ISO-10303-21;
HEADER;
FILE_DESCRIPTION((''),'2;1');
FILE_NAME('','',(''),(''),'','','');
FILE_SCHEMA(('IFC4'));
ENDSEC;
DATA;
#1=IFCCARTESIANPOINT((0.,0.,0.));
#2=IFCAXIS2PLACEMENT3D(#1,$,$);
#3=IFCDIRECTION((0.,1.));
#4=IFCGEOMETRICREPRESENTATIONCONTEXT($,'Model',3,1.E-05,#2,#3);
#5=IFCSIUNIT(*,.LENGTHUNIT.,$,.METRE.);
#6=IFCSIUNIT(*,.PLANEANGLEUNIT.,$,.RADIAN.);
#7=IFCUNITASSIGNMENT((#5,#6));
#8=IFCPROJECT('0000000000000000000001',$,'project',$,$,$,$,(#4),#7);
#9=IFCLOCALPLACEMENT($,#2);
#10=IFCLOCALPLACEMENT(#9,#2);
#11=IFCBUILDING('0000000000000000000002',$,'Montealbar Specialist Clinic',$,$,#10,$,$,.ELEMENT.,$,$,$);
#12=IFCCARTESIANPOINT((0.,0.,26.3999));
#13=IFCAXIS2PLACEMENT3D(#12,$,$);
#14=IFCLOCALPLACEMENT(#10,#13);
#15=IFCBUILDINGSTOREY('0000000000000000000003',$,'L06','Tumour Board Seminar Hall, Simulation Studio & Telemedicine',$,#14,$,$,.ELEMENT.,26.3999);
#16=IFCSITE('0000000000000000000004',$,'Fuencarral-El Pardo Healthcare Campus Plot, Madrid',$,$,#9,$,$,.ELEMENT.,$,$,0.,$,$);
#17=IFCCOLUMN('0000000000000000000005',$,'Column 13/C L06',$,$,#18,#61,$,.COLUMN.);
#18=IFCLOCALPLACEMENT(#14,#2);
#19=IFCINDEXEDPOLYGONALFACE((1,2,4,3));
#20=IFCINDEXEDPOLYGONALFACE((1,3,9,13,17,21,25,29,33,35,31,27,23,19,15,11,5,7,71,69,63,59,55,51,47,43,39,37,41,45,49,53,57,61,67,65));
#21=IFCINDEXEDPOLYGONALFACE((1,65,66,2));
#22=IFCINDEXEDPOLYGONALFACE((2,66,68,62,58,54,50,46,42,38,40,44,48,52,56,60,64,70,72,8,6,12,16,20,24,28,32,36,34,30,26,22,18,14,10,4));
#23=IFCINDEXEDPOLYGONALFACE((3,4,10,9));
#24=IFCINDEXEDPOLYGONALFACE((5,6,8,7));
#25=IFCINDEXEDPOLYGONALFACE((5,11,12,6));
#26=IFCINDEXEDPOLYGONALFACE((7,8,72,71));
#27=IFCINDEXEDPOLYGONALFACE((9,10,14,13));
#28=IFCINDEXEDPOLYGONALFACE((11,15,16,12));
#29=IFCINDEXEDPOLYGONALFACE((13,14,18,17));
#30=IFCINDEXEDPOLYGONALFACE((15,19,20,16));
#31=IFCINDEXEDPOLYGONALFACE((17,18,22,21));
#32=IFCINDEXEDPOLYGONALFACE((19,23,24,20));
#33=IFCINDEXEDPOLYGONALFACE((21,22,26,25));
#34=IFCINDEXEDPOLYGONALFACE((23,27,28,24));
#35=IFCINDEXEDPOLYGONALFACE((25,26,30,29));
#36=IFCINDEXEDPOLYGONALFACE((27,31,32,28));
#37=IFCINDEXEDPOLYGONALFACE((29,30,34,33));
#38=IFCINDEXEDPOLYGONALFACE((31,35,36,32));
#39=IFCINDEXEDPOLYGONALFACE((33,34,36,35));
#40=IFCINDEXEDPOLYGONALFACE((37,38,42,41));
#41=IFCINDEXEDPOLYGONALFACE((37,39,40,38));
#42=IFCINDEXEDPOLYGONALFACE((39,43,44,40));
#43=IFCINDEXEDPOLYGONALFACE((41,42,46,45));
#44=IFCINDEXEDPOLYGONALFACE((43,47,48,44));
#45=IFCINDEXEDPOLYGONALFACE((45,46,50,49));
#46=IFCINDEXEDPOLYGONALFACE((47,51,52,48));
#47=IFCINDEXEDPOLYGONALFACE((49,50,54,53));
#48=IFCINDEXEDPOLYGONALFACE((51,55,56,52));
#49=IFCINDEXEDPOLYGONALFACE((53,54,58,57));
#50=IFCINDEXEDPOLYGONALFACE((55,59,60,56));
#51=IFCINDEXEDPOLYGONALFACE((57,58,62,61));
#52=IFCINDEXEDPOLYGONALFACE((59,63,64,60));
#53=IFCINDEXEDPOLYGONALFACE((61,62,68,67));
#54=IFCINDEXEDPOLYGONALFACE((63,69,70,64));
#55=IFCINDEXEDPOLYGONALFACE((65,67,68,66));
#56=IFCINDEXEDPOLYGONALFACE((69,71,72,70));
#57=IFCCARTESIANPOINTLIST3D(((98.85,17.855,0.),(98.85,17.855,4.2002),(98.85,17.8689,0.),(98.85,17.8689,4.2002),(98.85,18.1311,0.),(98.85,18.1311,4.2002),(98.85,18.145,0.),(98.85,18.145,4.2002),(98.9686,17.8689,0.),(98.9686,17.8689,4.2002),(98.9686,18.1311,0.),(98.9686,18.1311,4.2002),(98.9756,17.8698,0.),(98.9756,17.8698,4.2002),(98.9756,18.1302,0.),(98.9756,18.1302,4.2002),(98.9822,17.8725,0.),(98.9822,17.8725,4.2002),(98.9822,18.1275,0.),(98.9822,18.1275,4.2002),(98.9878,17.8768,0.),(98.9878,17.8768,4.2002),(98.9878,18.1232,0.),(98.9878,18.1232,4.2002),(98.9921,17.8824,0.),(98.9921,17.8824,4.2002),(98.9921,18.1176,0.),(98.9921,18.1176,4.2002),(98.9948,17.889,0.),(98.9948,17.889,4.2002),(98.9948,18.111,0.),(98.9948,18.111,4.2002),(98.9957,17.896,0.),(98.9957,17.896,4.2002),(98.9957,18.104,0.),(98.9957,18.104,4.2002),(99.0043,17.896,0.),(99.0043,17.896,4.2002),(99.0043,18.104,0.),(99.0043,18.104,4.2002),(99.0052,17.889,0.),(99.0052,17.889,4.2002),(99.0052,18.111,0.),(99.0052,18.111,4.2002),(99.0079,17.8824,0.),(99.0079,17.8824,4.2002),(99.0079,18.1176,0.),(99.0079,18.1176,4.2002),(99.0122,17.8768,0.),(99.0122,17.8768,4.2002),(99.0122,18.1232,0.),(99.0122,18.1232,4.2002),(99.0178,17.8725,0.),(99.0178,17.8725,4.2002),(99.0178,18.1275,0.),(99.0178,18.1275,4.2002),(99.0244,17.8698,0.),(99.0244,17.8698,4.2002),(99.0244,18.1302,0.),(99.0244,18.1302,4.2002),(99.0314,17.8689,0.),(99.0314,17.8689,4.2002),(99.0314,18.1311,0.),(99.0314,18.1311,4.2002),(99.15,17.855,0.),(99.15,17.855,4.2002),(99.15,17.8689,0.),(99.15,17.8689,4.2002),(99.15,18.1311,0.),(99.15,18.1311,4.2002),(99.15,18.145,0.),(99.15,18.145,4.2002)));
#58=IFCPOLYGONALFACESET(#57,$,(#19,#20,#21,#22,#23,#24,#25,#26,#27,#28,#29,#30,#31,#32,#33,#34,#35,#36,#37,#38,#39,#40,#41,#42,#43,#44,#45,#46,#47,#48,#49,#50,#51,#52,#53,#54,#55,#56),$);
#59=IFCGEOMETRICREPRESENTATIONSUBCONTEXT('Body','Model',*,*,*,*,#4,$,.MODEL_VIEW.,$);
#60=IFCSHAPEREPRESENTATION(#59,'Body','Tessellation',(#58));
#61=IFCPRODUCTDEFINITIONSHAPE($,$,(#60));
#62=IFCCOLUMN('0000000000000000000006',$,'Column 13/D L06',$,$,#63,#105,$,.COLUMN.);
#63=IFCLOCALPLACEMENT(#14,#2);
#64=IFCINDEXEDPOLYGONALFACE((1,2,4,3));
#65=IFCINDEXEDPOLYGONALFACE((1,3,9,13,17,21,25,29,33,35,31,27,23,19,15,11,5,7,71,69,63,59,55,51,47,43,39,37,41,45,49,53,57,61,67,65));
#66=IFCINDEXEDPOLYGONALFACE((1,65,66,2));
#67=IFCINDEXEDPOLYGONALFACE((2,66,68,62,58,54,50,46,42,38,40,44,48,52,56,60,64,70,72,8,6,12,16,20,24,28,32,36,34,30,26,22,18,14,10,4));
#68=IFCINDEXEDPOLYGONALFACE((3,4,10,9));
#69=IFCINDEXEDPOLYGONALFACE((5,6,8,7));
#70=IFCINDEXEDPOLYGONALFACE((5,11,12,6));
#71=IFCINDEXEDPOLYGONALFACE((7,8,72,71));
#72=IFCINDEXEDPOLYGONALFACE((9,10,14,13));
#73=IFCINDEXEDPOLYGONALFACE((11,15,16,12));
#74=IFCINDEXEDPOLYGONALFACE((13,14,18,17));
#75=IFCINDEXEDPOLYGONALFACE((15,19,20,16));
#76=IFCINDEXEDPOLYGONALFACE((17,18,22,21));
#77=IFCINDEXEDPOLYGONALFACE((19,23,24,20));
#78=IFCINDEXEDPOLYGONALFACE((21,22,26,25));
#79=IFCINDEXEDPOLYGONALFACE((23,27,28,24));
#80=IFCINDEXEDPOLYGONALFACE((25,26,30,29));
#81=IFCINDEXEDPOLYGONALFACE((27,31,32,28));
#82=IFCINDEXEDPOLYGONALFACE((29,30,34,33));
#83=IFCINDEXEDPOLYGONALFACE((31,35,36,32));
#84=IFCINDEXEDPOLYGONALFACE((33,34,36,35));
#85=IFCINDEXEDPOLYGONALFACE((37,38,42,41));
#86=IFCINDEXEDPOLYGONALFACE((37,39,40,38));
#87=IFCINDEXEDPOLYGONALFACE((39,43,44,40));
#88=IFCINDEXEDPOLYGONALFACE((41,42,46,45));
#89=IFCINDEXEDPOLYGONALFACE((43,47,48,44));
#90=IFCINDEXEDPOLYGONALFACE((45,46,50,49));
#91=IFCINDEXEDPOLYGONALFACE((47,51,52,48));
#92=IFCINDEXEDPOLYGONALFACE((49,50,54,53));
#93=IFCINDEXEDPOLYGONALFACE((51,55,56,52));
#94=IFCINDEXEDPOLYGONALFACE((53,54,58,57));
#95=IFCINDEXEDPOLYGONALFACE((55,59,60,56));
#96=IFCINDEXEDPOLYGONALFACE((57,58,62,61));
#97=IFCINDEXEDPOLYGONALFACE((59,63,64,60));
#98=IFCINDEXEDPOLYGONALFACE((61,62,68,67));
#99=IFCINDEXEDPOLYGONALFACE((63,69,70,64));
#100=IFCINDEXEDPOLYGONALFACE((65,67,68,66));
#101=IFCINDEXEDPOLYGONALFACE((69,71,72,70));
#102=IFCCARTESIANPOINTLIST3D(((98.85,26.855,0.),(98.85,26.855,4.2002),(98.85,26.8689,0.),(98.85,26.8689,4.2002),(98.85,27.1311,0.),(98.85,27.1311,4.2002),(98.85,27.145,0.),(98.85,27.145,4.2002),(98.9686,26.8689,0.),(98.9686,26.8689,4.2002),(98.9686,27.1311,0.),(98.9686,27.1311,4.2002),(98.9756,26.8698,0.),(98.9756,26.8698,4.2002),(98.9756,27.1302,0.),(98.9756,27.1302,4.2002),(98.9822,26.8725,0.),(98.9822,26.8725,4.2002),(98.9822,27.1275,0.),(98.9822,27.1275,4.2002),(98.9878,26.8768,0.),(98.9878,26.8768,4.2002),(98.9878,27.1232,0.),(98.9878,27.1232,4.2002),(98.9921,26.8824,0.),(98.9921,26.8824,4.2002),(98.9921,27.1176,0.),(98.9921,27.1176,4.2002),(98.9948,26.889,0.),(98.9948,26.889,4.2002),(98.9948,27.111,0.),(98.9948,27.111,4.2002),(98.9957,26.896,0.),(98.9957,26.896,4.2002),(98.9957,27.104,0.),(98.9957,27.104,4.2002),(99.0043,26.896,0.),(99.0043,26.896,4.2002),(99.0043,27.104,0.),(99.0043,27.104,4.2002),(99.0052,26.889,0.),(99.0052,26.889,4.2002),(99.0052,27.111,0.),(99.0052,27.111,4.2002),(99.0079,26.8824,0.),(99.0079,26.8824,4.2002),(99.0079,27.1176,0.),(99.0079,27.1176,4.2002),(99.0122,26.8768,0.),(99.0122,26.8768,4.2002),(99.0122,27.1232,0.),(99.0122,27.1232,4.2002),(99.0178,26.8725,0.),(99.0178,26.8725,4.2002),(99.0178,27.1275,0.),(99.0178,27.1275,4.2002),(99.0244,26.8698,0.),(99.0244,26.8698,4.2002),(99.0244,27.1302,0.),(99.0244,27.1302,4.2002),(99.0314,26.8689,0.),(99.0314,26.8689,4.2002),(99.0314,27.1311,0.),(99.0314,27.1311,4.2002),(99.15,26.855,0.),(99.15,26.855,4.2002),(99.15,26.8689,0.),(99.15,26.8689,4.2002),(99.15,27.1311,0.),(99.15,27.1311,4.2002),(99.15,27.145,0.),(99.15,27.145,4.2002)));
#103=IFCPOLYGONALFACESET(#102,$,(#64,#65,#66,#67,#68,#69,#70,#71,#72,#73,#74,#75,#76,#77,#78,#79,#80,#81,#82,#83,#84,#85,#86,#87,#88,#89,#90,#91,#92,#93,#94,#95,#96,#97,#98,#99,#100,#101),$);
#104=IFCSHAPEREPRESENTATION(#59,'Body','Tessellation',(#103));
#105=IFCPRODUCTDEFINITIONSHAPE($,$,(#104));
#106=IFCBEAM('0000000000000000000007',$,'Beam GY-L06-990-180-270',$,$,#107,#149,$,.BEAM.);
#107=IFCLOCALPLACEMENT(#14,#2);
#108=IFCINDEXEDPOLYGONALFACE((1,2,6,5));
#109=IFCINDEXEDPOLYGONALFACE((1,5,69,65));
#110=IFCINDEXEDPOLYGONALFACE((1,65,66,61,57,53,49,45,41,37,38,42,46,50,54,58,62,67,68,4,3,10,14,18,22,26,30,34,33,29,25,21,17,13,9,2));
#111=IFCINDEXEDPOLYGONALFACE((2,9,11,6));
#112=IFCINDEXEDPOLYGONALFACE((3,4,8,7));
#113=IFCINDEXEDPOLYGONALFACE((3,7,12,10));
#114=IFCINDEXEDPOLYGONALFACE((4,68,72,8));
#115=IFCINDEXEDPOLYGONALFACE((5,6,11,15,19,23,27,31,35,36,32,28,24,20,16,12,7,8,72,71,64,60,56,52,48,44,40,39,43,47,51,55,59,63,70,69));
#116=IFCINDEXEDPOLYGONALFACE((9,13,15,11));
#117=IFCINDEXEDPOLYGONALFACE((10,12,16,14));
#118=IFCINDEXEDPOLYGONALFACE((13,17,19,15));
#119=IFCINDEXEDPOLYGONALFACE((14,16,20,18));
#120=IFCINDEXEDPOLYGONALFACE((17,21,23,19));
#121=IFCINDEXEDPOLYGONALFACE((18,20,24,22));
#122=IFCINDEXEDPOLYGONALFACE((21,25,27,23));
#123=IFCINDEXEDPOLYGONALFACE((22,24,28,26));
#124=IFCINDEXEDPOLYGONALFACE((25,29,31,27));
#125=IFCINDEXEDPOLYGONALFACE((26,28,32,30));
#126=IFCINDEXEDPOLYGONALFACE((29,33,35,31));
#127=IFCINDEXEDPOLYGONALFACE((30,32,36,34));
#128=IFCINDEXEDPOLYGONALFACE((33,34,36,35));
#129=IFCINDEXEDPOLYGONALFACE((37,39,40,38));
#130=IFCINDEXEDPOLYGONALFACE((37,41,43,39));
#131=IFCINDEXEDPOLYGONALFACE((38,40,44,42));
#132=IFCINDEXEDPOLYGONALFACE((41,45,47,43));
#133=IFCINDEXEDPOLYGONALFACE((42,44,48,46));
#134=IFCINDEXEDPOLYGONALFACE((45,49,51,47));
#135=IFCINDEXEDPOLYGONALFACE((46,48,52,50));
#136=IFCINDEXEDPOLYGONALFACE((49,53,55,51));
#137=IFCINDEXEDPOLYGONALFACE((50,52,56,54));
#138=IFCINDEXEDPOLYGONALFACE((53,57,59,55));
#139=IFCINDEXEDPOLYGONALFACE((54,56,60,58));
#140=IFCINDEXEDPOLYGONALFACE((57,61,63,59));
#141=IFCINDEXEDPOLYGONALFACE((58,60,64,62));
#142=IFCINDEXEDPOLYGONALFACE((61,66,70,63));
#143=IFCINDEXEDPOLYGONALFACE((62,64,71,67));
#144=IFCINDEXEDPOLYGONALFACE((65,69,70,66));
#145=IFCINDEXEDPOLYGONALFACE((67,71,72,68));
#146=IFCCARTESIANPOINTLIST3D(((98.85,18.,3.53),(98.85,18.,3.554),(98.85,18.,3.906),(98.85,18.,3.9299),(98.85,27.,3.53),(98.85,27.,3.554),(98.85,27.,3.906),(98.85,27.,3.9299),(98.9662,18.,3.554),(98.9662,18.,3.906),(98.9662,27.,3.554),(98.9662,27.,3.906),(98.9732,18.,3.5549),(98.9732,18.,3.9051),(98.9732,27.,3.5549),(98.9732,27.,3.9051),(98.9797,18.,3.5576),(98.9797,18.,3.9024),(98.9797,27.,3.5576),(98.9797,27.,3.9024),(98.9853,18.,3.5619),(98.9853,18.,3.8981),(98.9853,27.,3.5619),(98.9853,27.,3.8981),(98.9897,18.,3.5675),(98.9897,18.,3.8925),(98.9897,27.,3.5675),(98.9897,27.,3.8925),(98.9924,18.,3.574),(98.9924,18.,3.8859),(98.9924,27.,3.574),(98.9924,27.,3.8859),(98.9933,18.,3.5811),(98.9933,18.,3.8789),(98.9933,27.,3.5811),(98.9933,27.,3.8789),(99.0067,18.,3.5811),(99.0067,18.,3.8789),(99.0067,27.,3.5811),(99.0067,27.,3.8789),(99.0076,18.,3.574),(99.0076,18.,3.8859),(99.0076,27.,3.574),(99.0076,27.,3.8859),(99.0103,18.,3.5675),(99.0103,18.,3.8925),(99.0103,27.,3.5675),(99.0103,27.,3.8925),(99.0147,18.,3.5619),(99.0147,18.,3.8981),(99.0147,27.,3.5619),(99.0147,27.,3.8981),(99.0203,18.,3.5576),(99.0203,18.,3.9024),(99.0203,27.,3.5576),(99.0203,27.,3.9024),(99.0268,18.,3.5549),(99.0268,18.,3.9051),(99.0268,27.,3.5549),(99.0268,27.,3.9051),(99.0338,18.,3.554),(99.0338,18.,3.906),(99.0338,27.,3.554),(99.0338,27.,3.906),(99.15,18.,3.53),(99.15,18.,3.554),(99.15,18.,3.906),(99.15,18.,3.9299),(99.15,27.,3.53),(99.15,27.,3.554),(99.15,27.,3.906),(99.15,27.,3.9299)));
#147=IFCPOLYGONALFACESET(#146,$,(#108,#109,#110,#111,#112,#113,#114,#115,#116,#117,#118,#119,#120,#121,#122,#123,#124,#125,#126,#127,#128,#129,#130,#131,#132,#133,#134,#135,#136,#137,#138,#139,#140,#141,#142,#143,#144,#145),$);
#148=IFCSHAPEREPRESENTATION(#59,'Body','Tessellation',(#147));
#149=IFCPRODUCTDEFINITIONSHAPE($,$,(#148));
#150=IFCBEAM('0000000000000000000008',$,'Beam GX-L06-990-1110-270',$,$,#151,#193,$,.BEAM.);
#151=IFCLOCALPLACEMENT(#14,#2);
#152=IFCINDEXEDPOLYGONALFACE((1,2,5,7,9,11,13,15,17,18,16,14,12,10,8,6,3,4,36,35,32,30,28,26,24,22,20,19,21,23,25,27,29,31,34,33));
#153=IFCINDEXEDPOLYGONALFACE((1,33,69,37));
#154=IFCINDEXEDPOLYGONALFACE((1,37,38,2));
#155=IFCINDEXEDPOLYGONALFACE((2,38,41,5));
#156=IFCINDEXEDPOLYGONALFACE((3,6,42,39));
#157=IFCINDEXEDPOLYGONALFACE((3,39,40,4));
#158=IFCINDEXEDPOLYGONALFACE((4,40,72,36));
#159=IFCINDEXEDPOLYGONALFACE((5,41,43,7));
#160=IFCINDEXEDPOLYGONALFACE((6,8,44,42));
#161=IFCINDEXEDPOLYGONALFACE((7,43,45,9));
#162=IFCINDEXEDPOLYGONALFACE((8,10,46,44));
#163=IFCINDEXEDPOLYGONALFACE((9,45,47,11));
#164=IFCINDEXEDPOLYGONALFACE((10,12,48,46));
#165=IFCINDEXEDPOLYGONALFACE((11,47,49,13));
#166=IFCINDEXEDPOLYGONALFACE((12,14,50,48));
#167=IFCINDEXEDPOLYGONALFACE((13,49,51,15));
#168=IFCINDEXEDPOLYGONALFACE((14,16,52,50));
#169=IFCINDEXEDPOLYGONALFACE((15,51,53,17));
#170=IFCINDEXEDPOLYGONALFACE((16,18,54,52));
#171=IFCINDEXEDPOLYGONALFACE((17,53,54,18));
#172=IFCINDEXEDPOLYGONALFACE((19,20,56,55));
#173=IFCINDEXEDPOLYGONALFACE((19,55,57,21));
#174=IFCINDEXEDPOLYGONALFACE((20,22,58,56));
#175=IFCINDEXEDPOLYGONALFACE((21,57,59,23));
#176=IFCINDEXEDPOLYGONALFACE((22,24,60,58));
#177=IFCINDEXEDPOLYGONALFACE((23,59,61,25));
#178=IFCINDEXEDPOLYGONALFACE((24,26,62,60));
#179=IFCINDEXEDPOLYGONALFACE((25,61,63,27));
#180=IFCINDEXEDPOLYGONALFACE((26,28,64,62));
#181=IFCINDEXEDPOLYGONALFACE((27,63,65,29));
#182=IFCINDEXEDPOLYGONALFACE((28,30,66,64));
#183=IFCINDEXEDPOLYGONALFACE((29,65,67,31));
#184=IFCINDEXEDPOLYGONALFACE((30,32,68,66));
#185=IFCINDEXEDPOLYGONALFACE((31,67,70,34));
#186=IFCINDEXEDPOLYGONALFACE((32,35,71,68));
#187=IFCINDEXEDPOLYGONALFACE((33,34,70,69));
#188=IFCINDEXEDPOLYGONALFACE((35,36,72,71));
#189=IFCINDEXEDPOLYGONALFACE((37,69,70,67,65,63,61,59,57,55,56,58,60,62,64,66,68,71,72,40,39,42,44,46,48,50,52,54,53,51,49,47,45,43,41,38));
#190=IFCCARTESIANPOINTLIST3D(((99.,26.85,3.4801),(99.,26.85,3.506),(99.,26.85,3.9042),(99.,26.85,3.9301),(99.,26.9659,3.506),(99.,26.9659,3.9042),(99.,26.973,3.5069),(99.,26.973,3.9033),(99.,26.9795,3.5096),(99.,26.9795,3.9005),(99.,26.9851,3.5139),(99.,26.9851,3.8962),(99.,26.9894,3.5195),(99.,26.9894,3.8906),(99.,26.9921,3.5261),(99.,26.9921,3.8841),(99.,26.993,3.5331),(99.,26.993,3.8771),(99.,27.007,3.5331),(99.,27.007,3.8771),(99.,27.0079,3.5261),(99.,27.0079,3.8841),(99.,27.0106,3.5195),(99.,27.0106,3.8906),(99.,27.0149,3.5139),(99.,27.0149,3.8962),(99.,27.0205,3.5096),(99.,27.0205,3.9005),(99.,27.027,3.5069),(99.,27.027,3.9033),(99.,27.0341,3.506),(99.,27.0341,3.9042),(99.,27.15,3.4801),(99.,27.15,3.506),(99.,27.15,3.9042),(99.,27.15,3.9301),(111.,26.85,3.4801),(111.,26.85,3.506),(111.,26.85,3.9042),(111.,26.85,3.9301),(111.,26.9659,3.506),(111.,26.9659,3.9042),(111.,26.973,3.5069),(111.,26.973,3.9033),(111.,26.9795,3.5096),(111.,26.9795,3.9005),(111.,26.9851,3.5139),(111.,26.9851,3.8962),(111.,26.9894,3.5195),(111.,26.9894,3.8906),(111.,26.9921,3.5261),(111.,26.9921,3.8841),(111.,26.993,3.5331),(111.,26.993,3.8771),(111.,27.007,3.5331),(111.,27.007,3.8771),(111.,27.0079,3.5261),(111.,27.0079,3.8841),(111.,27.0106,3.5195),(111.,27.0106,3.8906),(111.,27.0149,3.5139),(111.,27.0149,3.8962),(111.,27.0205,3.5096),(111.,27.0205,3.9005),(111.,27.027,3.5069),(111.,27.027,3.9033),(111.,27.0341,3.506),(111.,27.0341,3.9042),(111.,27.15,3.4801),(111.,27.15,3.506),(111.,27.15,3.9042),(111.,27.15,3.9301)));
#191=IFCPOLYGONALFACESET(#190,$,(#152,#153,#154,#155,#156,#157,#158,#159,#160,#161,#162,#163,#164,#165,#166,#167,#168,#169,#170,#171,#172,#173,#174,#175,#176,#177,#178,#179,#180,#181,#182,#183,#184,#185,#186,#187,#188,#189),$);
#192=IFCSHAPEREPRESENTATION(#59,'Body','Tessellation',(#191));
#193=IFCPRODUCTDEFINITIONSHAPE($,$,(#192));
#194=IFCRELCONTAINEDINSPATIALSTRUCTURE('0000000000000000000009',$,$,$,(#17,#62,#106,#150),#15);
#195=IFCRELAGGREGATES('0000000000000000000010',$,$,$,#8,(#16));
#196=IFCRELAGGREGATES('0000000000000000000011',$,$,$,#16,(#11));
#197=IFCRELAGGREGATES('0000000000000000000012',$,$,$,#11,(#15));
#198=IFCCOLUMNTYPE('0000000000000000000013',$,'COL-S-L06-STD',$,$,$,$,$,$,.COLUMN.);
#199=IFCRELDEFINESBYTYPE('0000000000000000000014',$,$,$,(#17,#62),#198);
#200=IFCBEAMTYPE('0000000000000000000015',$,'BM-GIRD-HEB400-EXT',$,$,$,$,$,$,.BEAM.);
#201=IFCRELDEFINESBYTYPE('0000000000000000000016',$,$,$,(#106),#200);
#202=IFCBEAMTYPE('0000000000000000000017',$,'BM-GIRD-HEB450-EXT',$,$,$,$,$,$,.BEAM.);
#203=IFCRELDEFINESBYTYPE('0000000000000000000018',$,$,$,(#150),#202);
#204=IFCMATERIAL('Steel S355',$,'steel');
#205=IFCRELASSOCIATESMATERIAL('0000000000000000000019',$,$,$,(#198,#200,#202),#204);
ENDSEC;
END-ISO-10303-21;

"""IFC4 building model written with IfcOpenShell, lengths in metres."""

from ifc_helpers import new_model, si_unit, direction, frame, origin, origin_2d, place, context, subcontext, project, spatial, i_section, extrude, material, material_profile, profile_set, type_object, element, save


model = new_model("IFC4")

# Units and contexts
model_context = context("Model", 3, precision=1e-05, world=origin(), true_north=direction((0.0, 1.0)))
body_context = subcontext(model_context, "Body", "Model", "MODEL_VIEW")
ifc_project = project(units=[si_unit("LENGTHUNIT", "METRE"), si_unit("PLANEANGLEUNIT", "RADIAN")], contexts=[model_context])

# Site, building, storey
site_placement = place(None, origin())
site = spatial("IfcSite", under=ifc_project, at=site_placement, Name="Fuencarral-El Pardo Healthcare Campus Plot, Madrid", CompositionType="ELEMENT", RefElevation=0.0)
building_placement = place(site_placement, origin())
building = spatial("IfcBuilding", under=site, at=building_placement, Name="Montealbar Specialist Clinic", CompositionType="ELEMENT")
storey_placement = place(building_placement, frame((0.0, 0.0, 26.3999)))
storey = spatial("IfcBuildingStorey", under=building, at=storey_placement, Name="L06", Description="Tumour Board Seminar Hall, Simulation Studio & Telemedicine", CompositionType="ELEMENT", Elevation=26.3999)

# Columns
ifc_material_1 = material(Name="Steel S355", Category="steel")
ifc_material_profile_1 = material_profile(ifc_material_1, i_section(OverallWidth=0.3, OverallDepth=0.29, WebThickness=0.0085, FlangeThickness=0.0139, FilletRadius=0.0271, at=origin_2d()), Name="HEA 300", Category="steel")
ifc_profile_set_1 = profile_set([ifc_material_profile_1], Name="Steel S355")
column_type = type_object("IfcColumnType", Name="COL-S-L06-STD", PredefinedType="COLUMN", material=ifc_profile_set_1)
for number, where, z_axis, x_axis, name in (
    (1, (99.0, 18.0, 0.0), (0.0, 0.0, 1.0), (1.0, 0.0, 0.0), "Column 13/C L06"),
    (2, (99.0, 27.0, 0.0), (0.0, 0.0, 1.0), (1.0, 0.0, 0.0), "Column 13/D L06"),
):
    element("IfcColumn", number, at=place(storey_placement, frame(where, z_axis=z_axis, x_axis=x_axis)), inside=storey, type_object=column_type, Name=name, PredefinedType="COLUMN", context=body_context, shape_type="SweptSolid", body=[
        extrude(i_section(OverallWidth=0.3, OverallDepth=0.29, WebThickness=0.0085, FlangeThickness=0.0139, FilletRadius=0.0271, at=origin_2d()), origin(), (0.0, 0.0, 1.0), 4.2002),
    ])

# Beams
ifc_material_profile_2 = material_profile(ifc_material_1, i_section(OverallWidth=0.3, OverallDepth=0.3999, WebThickness=0.0134, FlangeThickness=0.0239, FilletRadius=0.0271, at=origin_2d()), Name="HEB 400", Category="steel")
ifc_profile_set_2 = profile_set([ifc_material_profile_2], Name="Steel S355")
beam_type_1 = type_object("IfcBeamType", Name="BM-GIRD-HEB400-EXT", PredefinedType="BEAM", material=ifc_profile_set_2)
beam_1_placement = place(storey_placement, frame((99.0, 18.0, 3.73), z_axis=(0.0, 1.0, 0.0), x_axis=(-1.0, 0.0, 0.0)))
element("IfcBeam", 3, at=beam_1_placement, inside=storey, type_object=beam_type_1, Name="Beam GY-L06-990-180-270", PredefinedType="BEAM", context=body_context, shape_type="SweptSolid", body=[
    extrude(i_section(OverallWidth=0.3, OverallDepth=0.3999, WebThickness=0.0134, FlangeThickness=0.0239, FilletRadius=0.0271, at=origin_2d()), origin(), (0.0, 0.0, 1.0), 9.0),
])
ifc_material_profile_3 = material_profile(ifc_material_1, i_section(OverallWidth=0.3, OverallDepth=0.45, WebThickness=0.0139, FlangeThickness=0.0259, FilletRadius=0.0271, at=origin_2d()), Name="HEB 450", Category="steel")
ifc_profile_set_3 = profile_set([ifc_material_profile_3], Name="Steel S355")
beam_type_2 = type_object("IfcBeamType", Name="BM-GIRD-HEB450-EXT", PredefinedType="BEAM", material=ifc_profile_set_3)
beam_2_placement = place(storey_placement, frame((99.0, 27.0, 3.7051), z_axis=(1.0, 0.0, 0.0), x_axis=(0.0, 1.0, 0.0)))
element("IfcBeam", 4, at=beam_2_placement, inside=storey, type_object=beam_type_2, Name="Beam GX-L06-990-1110-270", PredefinedType="BEAM", context=body_context, shape_type="SweptSolid", body=[
    extrude(i_section(OverallWidth=0.3, OverallDepth=0.45, WebThickness=0.0139, FlangeThickness=0.0259, FilletRadius=0.0271, at=origin_2d()), origin(), (0.0, 0.0, 1.0), 12.0),
])

save(model, "model.ifc")
